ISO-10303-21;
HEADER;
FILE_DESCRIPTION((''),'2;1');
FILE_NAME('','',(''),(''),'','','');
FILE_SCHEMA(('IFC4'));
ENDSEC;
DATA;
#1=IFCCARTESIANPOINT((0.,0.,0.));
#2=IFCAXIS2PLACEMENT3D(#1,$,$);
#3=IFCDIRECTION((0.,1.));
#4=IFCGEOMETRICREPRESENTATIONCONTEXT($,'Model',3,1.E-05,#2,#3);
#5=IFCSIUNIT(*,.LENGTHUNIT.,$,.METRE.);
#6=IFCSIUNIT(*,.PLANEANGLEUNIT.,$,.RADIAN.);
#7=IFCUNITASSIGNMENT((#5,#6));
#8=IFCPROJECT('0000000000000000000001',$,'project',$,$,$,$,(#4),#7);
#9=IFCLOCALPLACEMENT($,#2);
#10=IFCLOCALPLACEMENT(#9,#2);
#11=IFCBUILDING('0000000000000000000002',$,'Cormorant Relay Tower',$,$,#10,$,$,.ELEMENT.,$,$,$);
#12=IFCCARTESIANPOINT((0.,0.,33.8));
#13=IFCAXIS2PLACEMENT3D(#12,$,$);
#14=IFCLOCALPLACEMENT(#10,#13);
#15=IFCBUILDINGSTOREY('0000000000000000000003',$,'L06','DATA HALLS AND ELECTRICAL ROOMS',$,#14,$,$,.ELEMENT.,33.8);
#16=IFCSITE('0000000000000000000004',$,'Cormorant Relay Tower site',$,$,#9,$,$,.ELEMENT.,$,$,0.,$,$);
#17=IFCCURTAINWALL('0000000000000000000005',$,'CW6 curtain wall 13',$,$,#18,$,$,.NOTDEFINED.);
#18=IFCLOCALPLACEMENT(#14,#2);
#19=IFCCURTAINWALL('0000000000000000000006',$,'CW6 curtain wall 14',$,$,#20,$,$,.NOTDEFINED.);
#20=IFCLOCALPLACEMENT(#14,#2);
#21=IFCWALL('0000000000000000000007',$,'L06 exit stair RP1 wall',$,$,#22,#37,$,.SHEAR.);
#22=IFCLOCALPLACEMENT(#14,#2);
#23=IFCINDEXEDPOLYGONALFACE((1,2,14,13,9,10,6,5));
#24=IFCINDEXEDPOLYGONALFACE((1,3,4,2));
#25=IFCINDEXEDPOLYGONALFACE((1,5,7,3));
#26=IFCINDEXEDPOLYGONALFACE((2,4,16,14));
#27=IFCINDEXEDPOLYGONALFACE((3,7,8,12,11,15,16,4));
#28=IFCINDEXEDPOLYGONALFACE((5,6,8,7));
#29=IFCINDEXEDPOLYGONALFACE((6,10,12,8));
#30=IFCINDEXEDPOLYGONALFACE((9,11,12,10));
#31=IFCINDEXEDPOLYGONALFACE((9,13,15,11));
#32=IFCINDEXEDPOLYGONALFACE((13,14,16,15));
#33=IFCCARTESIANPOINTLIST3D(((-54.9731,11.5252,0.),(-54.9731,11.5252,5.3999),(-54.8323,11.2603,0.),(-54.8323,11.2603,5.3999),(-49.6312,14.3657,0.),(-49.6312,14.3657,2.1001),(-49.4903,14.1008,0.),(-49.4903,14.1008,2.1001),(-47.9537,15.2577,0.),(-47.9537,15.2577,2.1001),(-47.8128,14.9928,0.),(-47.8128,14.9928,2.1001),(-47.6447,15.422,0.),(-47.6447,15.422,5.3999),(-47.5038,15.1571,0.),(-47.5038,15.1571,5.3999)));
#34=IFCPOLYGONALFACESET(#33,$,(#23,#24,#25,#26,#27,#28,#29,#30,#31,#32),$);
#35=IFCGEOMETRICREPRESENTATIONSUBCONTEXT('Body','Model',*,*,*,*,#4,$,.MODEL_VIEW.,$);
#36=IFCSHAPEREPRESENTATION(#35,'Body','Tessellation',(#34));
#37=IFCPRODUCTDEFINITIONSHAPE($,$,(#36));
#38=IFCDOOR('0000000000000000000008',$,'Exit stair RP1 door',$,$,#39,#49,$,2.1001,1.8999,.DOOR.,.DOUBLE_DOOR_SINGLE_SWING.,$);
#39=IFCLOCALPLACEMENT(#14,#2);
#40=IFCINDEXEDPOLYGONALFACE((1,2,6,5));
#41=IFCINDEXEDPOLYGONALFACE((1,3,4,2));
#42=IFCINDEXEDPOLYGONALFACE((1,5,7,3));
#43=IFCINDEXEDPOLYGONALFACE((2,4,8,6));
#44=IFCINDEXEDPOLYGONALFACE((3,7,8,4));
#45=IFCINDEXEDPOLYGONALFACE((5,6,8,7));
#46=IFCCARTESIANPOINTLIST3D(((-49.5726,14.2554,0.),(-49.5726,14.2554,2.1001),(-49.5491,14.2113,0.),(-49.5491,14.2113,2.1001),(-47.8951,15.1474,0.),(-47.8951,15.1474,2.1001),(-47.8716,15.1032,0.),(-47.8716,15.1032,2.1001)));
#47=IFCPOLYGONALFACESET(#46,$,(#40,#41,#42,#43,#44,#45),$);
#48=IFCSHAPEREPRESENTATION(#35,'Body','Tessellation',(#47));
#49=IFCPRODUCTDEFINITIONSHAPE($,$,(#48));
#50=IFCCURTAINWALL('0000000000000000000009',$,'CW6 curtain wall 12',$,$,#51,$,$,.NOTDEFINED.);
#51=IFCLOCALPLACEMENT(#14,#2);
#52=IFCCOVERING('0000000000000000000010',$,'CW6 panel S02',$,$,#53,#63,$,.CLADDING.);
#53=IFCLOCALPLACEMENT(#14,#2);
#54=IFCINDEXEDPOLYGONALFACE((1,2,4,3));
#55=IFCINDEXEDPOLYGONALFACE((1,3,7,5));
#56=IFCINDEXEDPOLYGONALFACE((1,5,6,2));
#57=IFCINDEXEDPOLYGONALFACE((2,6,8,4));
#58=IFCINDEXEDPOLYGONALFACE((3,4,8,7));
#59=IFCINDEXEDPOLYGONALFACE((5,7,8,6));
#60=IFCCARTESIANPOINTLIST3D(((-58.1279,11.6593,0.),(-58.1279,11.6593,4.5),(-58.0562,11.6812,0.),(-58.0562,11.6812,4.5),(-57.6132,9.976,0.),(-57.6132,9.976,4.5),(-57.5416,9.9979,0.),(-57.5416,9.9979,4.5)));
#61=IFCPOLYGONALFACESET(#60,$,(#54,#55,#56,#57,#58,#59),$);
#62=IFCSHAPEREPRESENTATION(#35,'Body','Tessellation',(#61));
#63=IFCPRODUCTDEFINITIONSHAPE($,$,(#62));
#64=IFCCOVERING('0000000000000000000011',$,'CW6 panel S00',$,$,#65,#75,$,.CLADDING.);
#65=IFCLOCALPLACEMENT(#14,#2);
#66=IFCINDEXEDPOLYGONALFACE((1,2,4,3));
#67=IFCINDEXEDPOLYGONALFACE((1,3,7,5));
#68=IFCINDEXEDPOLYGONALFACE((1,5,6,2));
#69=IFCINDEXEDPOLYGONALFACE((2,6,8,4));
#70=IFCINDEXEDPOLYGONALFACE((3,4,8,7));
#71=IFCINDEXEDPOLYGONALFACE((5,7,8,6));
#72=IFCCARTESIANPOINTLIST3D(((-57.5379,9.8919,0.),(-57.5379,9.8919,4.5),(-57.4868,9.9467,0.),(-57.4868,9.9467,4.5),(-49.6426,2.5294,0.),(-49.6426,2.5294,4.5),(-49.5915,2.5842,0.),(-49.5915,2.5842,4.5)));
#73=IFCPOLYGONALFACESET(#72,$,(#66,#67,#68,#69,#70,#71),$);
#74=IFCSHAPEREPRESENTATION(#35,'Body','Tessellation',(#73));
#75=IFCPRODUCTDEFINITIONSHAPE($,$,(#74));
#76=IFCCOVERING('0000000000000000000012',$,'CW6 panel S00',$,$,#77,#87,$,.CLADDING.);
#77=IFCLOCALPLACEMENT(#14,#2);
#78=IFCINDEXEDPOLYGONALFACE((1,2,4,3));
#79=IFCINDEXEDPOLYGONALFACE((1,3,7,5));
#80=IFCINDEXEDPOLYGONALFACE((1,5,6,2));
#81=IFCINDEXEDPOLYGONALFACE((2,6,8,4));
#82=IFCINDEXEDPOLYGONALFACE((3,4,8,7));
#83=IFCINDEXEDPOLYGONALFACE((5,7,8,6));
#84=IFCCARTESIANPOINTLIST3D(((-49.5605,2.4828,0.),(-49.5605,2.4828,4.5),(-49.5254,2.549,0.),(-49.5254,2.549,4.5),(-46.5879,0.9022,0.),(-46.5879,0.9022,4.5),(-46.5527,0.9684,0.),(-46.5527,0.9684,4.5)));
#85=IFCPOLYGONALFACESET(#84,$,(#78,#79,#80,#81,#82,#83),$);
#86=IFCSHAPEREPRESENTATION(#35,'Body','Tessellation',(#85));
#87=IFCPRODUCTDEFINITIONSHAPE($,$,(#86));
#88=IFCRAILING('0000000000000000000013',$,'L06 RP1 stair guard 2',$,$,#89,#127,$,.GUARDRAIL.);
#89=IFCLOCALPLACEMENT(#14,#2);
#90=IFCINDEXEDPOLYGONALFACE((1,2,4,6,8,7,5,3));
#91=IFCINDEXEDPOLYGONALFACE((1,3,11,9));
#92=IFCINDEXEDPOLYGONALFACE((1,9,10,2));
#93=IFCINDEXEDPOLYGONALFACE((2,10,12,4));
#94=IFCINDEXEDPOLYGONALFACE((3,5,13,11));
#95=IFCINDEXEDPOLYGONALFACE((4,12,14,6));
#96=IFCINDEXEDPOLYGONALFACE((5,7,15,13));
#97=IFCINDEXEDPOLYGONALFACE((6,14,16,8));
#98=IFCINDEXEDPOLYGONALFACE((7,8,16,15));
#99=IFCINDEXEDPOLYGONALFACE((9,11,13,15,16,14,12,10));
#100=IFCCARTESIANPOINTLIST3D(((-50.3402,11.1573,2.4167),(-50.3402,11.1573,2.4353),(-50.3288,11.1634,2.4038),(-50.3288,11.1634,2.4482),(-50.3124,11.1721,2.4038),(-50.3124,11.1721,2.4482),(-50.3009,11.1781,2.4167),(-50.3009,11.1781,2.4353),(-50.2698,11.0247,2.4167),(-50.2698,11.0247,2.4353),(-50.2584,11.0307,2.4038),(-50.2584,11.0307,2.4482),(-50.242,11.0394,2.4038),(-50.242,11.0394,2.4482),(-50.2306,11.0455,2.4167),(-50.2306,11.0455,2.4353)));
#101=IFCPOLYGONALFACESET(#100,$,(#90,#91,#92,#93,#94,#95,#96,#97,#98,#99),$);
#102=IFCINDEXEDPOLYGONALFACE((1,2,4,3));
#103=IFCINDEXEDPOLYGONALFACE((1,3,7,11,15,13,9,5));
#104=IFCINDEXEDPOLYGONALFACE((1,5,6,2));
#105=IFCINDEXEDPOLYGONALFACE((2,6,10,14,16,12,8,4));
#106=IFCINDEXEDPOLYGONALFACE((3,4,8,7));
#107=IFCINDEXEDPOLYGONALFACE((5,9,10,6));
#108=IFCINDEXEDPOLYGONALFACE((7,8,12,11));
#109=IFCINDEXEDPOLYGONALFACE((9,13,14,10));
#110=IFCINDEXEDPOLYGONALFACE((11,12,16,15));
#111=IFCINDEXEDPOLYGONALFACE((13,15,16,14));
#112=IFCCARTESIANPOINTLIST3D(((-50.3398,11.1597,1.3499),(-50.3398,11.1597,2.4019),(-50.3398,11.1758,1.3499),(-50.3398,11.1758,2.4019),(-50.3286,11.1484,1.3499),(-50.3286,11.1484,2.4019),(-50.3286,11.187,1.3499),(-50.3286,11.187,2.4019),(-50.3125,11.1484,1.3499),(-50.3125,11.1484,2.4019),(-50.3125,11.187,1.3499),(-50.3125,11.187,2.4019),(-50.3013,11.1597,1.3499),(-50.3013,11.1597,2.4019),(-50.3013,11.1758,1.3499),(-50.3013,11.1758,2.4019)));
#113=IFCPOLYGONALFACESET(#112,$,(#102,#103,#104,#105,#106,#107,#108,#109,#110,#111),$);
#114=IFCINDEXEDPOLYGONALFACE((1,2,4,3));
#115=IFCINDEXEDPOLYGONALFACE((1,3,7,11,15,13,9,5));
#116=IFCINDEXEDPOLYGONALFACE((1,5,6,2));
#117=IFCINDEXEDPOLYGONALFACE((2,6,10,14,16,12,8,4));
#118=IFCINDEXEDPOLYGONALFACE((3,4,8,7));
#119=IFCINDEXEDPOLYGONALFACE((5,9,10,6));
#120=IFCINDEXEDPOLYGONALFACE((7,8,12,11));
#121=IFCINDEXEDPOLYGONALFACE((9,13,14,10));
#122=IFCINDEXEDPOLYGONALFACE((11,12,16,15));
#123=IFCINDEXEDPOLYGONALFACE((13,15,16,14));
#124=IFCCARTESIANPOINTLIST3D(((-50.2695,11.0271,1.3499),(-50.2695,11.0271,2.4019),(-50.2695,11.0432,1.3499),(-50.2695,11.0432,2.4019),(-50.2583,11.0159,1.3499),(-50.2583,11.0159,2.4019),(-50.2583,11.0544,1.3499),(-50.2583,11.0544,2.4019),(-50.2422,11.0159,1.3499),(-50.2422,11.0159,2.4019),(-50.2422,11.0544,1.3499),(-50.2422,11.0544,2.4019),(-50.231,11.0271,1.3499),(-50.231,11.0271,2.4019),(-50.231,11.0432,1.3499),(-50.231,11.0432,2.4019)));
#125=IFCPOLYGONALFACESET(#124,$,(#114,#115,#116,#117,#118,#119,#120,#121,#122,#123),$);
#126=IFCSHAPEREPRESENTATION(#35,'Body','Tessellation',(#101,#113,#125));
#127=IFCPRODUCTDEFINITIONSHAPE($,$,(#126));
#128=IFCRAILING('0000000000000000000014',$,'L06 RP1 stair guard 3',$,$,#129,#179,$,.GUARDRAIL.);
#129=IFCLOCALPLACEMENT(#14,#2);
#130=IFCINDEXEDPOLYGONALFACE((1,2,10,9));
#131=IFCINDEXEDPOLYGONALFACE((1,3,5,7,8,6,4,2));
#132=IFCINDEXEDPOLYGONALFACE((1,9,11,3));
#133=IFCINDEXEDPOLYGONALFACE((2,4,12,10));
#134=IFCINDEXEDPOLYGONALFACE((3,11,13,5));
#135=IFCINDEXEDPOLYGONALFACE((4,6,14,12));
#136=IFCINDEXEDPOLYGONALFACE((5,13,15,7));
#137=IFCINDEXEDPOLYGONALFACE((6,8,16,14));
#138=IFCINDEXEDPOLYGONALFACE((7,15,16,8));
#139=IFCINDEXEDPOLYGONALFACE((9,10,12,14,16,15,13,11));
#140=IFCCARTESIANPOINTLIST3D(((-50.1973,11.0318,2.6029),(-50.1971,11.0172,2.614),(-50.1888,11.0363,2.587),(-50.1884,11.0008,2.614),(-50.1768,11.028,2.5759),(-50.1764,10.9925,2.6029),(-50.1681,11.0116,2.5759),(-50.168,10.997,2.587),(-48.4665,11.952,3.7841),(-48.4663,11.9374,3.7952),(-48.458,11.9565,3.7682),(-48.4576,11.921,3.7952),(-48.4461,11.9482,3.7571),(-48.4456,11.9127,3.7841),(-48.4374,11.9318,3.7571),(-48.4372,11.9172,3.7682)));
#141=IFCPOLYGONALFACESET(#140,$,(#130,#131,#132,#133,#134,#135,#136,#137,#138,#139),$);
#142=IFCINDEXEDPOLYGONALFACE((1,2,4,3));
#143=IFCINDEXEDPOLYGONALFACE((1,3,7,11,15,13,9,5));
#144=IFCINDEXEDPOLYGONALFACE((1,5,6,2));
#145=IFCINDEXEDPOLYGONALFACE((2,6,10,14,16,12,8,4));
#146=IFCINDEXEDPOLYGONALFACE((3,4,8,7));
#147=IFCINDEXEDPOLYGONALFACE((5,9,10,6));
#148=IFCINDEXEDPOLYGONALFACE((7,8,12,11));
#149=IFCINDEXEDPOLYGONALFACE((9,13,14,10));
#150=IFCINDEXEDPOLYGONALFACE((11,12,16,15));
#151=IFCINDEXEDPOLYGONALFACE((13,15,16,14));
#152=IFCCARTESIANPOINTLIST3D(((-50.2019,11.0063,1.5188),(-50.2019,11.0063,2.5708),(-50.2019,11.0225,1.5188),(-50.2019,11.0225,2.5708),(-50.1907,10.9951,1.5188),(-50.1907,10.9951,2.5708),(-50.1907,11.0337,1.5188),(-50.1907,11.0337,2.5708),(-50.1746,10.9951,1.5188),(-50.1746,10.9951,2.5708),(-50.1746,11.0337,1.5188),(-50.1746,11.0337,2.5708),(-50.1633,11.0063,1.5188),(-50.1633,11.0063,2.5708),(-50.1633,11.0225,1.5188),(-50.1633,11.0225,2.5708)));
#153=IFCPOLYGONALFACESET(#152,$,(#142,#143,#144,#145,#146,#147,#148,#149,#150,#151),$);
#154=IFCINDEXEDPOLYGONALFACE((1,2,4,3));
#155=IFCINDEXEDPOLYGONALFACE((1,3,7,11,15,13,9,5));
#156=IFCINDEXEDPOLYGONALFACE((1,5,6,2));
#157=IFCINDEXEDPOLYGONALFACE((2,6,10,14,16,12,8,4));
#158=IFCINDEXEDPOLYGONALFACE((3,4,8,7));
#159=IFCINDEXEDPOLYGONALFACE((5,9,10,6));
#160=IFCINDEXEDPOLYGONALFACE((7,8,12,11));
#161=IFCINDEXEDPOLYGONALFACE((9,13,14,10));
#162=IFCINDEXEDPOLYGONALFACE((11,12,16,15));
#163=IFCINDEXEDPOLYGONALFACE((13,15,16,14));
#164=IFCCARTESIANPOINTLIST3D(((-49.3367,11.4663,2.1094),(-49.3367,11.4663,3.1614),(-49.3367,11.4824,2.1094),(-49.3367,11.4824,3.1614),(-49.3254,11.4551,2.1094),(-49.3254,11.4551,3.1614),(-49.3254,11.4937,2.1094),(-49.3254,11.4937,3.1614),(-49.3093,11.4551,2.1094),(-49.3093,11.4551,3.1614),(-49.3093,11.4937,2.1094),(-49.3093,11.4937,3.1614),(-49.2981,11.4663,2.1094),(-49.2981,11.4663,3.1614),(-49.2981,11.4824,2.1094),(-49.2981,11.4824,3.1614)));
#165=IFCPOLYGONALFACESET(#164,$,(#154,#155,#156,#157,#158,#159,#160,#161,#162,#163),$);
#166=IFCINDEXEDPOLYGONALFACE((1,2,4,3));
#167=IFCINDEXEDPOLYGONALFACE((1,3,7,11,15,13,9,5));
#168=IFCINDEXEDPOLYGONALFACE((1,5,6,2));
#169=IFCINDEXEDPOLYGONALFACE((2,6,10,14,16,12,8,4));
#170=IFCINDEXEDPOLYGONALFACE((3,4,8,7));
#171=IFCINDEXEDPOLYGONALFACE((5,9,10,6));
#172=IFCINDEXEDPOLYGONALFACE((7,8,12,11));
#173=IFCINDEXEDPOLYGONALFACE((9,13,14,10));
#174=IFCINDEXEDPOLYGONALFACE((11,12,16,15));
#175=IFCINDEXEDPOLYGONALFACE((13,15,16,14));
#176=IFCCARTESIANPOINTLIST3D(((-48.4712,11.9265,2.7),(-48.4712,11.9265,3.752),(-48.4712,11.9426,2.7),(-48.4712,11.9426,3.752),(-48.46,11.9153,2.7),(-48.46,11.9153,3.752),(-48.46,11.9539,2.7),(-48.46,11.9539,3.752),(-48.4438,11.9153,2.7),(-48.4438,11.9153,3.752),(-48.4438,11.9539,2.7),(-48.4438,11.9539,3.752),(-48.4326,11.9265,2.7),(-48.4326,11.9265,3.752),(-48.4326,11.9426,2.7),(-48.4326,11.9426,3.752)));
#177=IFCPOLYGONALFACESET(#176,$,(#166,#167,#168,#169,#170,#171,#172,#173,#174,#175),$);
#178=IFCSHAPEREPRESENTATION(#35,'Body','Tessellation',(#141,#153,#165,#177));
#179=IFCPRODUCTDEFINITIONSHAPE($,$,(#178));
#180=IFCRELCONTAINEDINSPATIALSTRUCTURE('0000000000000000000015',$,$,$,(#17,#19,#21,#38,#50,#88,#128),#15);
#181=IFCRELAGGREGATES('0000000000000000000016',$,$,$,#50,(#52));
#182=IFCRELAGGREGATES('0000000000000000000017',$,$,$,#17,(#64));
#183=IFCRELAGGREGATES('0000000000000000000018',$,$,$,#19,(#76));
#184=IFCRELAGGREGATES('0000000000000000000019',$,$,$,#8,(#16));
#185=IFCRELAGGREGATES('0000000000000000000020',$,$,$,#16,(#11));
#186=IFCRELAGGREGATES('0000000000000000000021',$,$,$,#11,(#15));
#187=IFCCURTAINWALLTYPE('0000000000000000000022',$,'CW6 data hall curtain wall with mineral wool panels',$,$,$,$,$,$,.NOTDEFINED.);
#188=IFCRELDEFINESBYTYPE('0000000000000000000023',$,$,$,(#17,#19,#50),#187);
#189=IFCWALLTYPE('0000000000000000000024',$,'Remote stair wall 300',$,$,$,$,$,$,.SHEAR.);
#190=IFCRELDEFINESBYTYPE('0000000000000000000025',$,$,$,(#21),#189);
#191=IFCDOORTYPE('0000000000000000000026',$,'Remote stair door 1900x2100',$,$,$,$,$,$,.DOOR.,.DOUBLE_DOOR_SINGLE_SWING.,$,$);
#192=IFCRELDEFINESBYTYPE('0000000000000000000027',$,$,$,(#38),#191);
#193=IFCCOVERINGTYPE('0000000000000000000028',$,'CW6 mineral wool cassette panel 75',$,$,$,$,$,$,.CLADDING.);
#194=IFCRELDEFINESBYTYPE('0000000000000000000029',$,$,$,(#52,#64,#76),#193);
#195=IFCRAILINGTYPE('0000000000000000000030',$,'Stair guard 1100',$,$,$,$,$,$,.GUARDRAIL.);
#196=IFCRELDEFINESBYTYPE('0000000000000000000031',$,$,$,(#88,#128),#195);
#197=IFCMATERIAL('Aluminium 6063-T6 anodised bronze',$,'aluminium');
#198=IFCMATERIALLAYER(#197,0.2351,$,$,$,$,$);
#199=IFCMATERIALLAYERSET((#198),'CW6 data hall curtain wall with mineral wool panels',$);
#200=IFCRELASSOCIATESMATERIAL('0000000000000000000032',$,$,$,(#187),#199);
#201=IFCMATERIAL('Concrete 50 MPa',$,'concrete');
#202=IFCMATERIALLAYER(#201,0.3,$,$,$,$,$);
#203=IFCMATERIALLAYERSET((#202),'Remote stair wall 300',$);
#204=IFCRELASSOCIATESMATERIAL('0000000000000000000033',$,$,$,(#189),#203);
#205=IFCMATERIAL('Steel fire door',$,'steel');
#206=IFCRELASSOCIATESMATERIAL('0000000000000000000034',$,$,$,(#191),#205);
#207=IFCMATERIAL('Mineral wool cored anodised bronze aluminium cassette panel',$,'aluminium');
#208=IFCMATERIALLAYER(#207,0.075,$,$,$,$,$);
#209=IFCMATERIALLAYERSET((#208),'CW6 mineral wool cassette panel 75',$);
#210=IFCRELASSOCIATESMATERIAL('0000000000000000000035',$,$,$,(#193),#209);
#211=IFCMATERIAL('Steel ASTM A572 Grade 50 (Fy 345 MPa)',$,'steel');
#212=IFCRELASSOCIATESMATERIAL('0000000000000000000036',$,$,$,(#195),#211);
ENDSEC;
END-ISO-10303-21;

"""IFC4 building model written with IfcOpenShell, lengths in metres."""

from ifc_helpers import new_model, si_unit, direction, frame, frame_2d, origin, origin_2d, place, context, subcontext, project, spatial, polyline, rectangle, outline, extrude, material, layer, layer_set, type_object, element, fill, aggregate, save


model = new_model("IFC4")

# Units and contexts
model_context = context("Model", 3, precision=1e-05, world=origin(), true_north=direction((0.0, 1.0)))
body_context = subcontext(model_context, "Body", "Model", "MODEL_VIEW")
ifc_project = project(units=[si_unit("LENGTHUNIT", "METRE"), si_unit("PLANEANGLEUNIT", "RADIAN")], contexts=[model_context])

# Site, building, storey
site_placement = place(None, origin())
site = spatial("IfcSite", under=ifc_project, at=site_placement, Name="Cormorant Relay Tower site", CompositionType="ELEMENT", RefElevation=0.0)
building_placement = place(site_placement, origin())
building = spatial("IfcBuilding", under=site, at=building_placement, Name="Cormorant Relay Tower", CompositionType="ELEMENT")
storey_placement = place(building_placement, frame((0.0, 0.0, 33.8)))
storey = spatial("IfcBuildingStorey", under=building, at=storey_placement, Name="L06", Description="DATA HALLS AND ELECTRICAL ROOMS", CompositionType="ELEMENT", Elevation=33.8)

# Curtain walls
ifc_material_1 = material(Name="Aluminium 6063-T6 anodised bronze", Category="aluminium")
ifc_layer_1 = layer(ifc_material_1, 0.2351)
ifc_layer_set_1 = layer_set([ifc_layer_1], Name="CW6 data hall curtain wall with mineral wool panels")
curtain_wall_type = type_object("IfcCurtainWallType", Name="CW6 data hall curtain wall with mineral wool panels", PredefinedType="NOTDEFINED", material=ifc_layer_set_1)
curtain_wall_1_placement = place(storey_placement, origin())
curtain_wall_1 = element("IfcCurtainWall", 1, at=curtain_wall_1_placement, inside=storey, type_object=curtain_wall_type, Name="CW6 curtain wall 13", PredefinedType="NOTDEFINED")
curtain_wall_2_placement = place(storey_placement, origin())
curtain_wall_2 = element("IfcCurtainWall", 2, at=curtain_wall_2_placement, inside=storey, type_object=curtain_wall_type, Name="CW6 curtain wall 14", PredefinedType="NOTDEFINED")

# Shared definitions
ifc_material_2 = material(Name="Concrete 50 MPa", Category="concrete")
ifc_layer_2 = layer(ifc_material_2, 0.3)
ifc_layer_set_2 = layer_set([ifc_layer_2], Name="Remote stair wall 300")
wall_type_1 = type_object("IfcWallType", Name="Remote stair wall 300", PredefinedType="SHEAR", material=ifc_layer_set_2)

# Wall, opening, door
wall_1_placement = place(storey_placement, frame((-54.9026, 11.3928, 0.0), z_axis=(0.0, 0.0, 1.0), x_axis=(0.882939, 0.469487, 0.0)))
wall_1 = element("IfcWall", 3, at=wall_1_placement, inside=storey, type_object=wall_type_1, Name="L06 exit stair RP1 wall", PredefinedType="SHEAR", context=body_context, shape_type="SweptSolid", body=[
    extrude(rectangle(XDim=8.3, YDim=0.3, at=frame_2d((4.1499, 0.0))), origin(), (0.0, 0.0, 1.0), 5.3999),
])
opening_1_placement = place(wall_1_placement, frame((6.05, 0.0, 0.0)))
opening_1 = element("IfcOpeningElement", 4, at=opening_1_placement, cuts=wall_1, PredefinedType="OPENING", context=body_context, shape_type="SweptSolid", body=[
    extrude(rectangle(XDim=1.8999, YDim=2.1001, at=frame_2d((0.95, 1.05))), frame((0.0, 0.1599, 0.0), z_axis=(0.0, -1.0, 0.0), x_axis=(1.0, 0.0, 0.0)), (0.0, 0.0, 1.0), 0.3201),
])
ifc_material_3 = material(Name="Steel fire door", Category="steel")
door_type_1 = type_object("IfcDoorType", Name="Remote stair door 1900x2100", OperationType="DOUBLE_DOOR_SINGLE_SWING", PredefinedType="DOOR", material=ifc_material_3)
door_1_placement = place(opening_1_placement, frame((1.8999, 0.0, 0.0), z_axis=(0.0, 0.0, 1.0), x_axis=(-1.0, 0.0, 0.0)))
door_1 = element("IfcDoor", 5, at=door_1_placement, inside=storey, type_object=door_type_1, Name="Exit stair RP1 door", OperationType="DOUBLE_DOOR_SINGLE_SWING", OverallHeight=2.1001, OverallWidth=1.8999, PredefinedType="DOOR", context=body_context, shape_type="SweptSolid", body=[
    extrude(rectangle(XDim=1.8999, YDim=2.1001, at=frame_2d((0.95, 1.05))), frame((0.0, 0.0249, 0.0), z_axis=(0.0, -1.0, 0.0), x_axis=(1.0, 0.0, 0.0)), (0.0, 0.0, 1.0), 0.05),
])
fill(opening_1, door_1)

# Curtain wall, covering
curtain_wall_3_placement = place(storey_placement, origin())
curtain_wall_3 = element("IfcCurtainWall", 6, at=curtain_wall_3_placement, inside=storey, type_object=curtain_wall_type, Name="CW6 curtain wall 12", PredefinedType="NOTDEFINED")
ifc_material_4 = material(Name="Mineral wool cored anodised bronze aluminium cassette panel", Category="aluminium")
ifc_layer_3 = layer(ifc_material_4, 0.075)
ifc_layer_set_3 = layer_set([ifc_layer_3], Name="CW6 mineral wool cassette panel 75")
covering_type = type_object("IfcCoveringType", Name="CW6 mineral wool cassette panel 75", PredefinedType="CLADDING", material=ifc_layer_set_3)
covering_1_placement = place(storey_placement, frame((-57.8347, 10.8286, 0.0), z_axis=(0.0, 0.0, 1.0), x_axis=(0.292372, -0.956305, 0.0)))
covering_1 = element("IfcCovering", 7, at=covering_1_placement, type_object=covering_type, Name="CW6 panel S02", PredefinedType="CLADDING", context=body_context, shape_type="SweptSolid", body=[
    extrude(rectangle(XDim=1.7603, YDim=0.075, at=origin_2d()), origin(), (0.0, 0.0, 1.0), 4.5),
])
aggregate(curtain_wall_3, [covering_1])

# Coverings
covering_2_placement = place(storey_placement, frame((-53.5647, 6.238, 0.0), z_axis=(0.0, 0.0, 1.0), x_axis=(0.731354, -0.681998, 0.0)))
covering_2 = element("IfcCovering", 8, at=covering_2_placement, type_object=covering_type, Name="CW6 panel S00", PredefinedType="CLADDING", context=body_context, shape_type="SweptSolid", body=[
    extrude(rectangle(XDim=10.7954, YDim=0.075, at=origin_2d()), origin(), (0.0, 0.0, 1.0), 4.5),
])
aggregate(curtain_wall_1, [covering_2])
covering_3_placement = place(storey_placement, frame((-48.0566, 1.7256, 0.0), z_axis=(0.0, 0.0, 1.0), x_axis=(0.882948, -0.469472, 0.0)))
covering_3 = element("IfcCovering", 9, at=covering_3_placement, type_object=covering_type, Name="CW6 panel S00", PredefinedType="CLADDING", context=body_context, shape_type="SweptSolid", body=[
    extrude(rectangle(XDim=3.3667, YDim=0.075, at=origin_2d()), origin(), (0.0, 0.0, 1.0), 4.5),
])
aggregate(curtain_wall_2, [covering_3])

# Railings
ifc_material_5 = material(Name="Steel ASTM A572 Grade 50 (Fy 345 MPa)", Category="steel")
railing_type_1 = type_object("IfcRailingType", Name="Stair guard 1100", PredefinedType="GUARDRAIL", material=ifc_material_5)
railing_1_placement = place(storey_placement, frame((-50.3206, 11.1677, 1.3499)))
element("IfcRailing", 10, at=railing_1_placement, inside=storey, type_object=railing_type_1, Name="L06 RP1 stair guard 2", PredefinedType="GUARDRAIL", context=body_context, shape_type="SweptSolid", body=[
    extrude(outline(polyline([(0.0222, 0.0093), (0.0093, 0.0222), (-0.0093, 0.0222), (-0.0222, 0.0093), (-0.0222, -0.0093), (-0.0093, -0.0222), (0.0093, -0.0222), (0.0222, -0.0093), (0.0222, 0.0093)])), frame((0.0, 0.0, 1.0762), z_axis=(0.46856, -0.883431, 0.0), x_axis=(0.883431, 0.46856, 0.0)), (0.0, 0.0, 1.0), 0.1501),
    extrude(outline(polyline([(0.0193, 0.0081), (0.0081, 0.0193), (-0.0081, 0.0193), (-0.0193, 0.0081), (-0.0193, -0.0081), (-0.0081, -0.0193), (0.0081, -0.0193), (0.0193, -0.0081), (0.0193, 0.0081)])), origin(), (0.0, 0.0, 1.0), 1.052),
    extrude(outline(polyline([(0.0193, 0.0081), (0.0081, 0.0193), (-0.0081, 0.0193), (-0.0193, 0.0081), (-0.0193, -0.0081), (-0.0081, -0.0193), (0.0081, -0.0193), (0.0193, -0.0081), (0.0193, 0.0081)])), frame((0.0703, -0.1326, 0.0)), (0.0, 0.0, 1.0), 1.052),
])
railing_2_placement = place(storey_placement, frame((-50.1826, 11.0144, 1.5188)))
element("IfcRailing", 11, at=railing_2_placement, inside=storey, type_object=railing_type_1, Name="L06 RP1 stair guard 3", PredefinedType="GUARDRAIL", context=body_context, shape_type="SweptSolid", body=[
    extrude(outline(polyline([(0.0222, 0.0093), (0.0093, 0.0222), (-0.0093, 0.0222), (-0.0222, 0.0093), (-0.0222, -0.0093), (-0.0093, -0.0222), (0.0093, -0.0222), (0.0222, -0.0093), (0.0222, 0.0093)])), frame((0.0, 0.0, 1.0762), z_axis=(0.756268, 0.402084, 0.516127), x_axis=(-0.469444, 0.882962, 0.0)), (0.0, 0.0, 1.0), 2.2886),
    extrude(outline(polyline([(0.0193, 0.0081), (0.0081, 0.0193), (-0.0081, 0.0193), (-0.0193, 0.0081), (-0.0193, -0.0081), (-0.0081, -0.0193), (0.0081, -0.0193), (0.0193, -0.0081), (0.0193, 0.0081)])), origin(), (0.0, 0.0, 1.0), 1.052),
    extrude(outline(polyline([(0.0193, 0.0081), (0.0081, 0.0193), (-0.0081, 0.0193), (-0.0193, 0.0081), (-0.0193, -0.0081), (-0.0081, -0.0193), (0.0081, -0.0193), (0.0193, -0.0081), (0.0193, 0.0081)])), frame((0.8652, 0.46, 0.5906)), (0.0, 0.0, 1.0), 1.052),
    extrude(outline(polyline([(0.0193, 0.0081), (0.0081, 0.0193), (-0.0081, 0.0193), (-0.0193, 0.0081), (-0.0193, -0.0081), (-0.0081, -0.0193), (0.0081, -0.0193), (0.0193, -0.0081), (0.0193, 0.0081)])), frame((1.7307, 0.9202, 1.1812)), (0.0, 0.0, 1.0), 1.052),
])

save(model, "model.ifc")
